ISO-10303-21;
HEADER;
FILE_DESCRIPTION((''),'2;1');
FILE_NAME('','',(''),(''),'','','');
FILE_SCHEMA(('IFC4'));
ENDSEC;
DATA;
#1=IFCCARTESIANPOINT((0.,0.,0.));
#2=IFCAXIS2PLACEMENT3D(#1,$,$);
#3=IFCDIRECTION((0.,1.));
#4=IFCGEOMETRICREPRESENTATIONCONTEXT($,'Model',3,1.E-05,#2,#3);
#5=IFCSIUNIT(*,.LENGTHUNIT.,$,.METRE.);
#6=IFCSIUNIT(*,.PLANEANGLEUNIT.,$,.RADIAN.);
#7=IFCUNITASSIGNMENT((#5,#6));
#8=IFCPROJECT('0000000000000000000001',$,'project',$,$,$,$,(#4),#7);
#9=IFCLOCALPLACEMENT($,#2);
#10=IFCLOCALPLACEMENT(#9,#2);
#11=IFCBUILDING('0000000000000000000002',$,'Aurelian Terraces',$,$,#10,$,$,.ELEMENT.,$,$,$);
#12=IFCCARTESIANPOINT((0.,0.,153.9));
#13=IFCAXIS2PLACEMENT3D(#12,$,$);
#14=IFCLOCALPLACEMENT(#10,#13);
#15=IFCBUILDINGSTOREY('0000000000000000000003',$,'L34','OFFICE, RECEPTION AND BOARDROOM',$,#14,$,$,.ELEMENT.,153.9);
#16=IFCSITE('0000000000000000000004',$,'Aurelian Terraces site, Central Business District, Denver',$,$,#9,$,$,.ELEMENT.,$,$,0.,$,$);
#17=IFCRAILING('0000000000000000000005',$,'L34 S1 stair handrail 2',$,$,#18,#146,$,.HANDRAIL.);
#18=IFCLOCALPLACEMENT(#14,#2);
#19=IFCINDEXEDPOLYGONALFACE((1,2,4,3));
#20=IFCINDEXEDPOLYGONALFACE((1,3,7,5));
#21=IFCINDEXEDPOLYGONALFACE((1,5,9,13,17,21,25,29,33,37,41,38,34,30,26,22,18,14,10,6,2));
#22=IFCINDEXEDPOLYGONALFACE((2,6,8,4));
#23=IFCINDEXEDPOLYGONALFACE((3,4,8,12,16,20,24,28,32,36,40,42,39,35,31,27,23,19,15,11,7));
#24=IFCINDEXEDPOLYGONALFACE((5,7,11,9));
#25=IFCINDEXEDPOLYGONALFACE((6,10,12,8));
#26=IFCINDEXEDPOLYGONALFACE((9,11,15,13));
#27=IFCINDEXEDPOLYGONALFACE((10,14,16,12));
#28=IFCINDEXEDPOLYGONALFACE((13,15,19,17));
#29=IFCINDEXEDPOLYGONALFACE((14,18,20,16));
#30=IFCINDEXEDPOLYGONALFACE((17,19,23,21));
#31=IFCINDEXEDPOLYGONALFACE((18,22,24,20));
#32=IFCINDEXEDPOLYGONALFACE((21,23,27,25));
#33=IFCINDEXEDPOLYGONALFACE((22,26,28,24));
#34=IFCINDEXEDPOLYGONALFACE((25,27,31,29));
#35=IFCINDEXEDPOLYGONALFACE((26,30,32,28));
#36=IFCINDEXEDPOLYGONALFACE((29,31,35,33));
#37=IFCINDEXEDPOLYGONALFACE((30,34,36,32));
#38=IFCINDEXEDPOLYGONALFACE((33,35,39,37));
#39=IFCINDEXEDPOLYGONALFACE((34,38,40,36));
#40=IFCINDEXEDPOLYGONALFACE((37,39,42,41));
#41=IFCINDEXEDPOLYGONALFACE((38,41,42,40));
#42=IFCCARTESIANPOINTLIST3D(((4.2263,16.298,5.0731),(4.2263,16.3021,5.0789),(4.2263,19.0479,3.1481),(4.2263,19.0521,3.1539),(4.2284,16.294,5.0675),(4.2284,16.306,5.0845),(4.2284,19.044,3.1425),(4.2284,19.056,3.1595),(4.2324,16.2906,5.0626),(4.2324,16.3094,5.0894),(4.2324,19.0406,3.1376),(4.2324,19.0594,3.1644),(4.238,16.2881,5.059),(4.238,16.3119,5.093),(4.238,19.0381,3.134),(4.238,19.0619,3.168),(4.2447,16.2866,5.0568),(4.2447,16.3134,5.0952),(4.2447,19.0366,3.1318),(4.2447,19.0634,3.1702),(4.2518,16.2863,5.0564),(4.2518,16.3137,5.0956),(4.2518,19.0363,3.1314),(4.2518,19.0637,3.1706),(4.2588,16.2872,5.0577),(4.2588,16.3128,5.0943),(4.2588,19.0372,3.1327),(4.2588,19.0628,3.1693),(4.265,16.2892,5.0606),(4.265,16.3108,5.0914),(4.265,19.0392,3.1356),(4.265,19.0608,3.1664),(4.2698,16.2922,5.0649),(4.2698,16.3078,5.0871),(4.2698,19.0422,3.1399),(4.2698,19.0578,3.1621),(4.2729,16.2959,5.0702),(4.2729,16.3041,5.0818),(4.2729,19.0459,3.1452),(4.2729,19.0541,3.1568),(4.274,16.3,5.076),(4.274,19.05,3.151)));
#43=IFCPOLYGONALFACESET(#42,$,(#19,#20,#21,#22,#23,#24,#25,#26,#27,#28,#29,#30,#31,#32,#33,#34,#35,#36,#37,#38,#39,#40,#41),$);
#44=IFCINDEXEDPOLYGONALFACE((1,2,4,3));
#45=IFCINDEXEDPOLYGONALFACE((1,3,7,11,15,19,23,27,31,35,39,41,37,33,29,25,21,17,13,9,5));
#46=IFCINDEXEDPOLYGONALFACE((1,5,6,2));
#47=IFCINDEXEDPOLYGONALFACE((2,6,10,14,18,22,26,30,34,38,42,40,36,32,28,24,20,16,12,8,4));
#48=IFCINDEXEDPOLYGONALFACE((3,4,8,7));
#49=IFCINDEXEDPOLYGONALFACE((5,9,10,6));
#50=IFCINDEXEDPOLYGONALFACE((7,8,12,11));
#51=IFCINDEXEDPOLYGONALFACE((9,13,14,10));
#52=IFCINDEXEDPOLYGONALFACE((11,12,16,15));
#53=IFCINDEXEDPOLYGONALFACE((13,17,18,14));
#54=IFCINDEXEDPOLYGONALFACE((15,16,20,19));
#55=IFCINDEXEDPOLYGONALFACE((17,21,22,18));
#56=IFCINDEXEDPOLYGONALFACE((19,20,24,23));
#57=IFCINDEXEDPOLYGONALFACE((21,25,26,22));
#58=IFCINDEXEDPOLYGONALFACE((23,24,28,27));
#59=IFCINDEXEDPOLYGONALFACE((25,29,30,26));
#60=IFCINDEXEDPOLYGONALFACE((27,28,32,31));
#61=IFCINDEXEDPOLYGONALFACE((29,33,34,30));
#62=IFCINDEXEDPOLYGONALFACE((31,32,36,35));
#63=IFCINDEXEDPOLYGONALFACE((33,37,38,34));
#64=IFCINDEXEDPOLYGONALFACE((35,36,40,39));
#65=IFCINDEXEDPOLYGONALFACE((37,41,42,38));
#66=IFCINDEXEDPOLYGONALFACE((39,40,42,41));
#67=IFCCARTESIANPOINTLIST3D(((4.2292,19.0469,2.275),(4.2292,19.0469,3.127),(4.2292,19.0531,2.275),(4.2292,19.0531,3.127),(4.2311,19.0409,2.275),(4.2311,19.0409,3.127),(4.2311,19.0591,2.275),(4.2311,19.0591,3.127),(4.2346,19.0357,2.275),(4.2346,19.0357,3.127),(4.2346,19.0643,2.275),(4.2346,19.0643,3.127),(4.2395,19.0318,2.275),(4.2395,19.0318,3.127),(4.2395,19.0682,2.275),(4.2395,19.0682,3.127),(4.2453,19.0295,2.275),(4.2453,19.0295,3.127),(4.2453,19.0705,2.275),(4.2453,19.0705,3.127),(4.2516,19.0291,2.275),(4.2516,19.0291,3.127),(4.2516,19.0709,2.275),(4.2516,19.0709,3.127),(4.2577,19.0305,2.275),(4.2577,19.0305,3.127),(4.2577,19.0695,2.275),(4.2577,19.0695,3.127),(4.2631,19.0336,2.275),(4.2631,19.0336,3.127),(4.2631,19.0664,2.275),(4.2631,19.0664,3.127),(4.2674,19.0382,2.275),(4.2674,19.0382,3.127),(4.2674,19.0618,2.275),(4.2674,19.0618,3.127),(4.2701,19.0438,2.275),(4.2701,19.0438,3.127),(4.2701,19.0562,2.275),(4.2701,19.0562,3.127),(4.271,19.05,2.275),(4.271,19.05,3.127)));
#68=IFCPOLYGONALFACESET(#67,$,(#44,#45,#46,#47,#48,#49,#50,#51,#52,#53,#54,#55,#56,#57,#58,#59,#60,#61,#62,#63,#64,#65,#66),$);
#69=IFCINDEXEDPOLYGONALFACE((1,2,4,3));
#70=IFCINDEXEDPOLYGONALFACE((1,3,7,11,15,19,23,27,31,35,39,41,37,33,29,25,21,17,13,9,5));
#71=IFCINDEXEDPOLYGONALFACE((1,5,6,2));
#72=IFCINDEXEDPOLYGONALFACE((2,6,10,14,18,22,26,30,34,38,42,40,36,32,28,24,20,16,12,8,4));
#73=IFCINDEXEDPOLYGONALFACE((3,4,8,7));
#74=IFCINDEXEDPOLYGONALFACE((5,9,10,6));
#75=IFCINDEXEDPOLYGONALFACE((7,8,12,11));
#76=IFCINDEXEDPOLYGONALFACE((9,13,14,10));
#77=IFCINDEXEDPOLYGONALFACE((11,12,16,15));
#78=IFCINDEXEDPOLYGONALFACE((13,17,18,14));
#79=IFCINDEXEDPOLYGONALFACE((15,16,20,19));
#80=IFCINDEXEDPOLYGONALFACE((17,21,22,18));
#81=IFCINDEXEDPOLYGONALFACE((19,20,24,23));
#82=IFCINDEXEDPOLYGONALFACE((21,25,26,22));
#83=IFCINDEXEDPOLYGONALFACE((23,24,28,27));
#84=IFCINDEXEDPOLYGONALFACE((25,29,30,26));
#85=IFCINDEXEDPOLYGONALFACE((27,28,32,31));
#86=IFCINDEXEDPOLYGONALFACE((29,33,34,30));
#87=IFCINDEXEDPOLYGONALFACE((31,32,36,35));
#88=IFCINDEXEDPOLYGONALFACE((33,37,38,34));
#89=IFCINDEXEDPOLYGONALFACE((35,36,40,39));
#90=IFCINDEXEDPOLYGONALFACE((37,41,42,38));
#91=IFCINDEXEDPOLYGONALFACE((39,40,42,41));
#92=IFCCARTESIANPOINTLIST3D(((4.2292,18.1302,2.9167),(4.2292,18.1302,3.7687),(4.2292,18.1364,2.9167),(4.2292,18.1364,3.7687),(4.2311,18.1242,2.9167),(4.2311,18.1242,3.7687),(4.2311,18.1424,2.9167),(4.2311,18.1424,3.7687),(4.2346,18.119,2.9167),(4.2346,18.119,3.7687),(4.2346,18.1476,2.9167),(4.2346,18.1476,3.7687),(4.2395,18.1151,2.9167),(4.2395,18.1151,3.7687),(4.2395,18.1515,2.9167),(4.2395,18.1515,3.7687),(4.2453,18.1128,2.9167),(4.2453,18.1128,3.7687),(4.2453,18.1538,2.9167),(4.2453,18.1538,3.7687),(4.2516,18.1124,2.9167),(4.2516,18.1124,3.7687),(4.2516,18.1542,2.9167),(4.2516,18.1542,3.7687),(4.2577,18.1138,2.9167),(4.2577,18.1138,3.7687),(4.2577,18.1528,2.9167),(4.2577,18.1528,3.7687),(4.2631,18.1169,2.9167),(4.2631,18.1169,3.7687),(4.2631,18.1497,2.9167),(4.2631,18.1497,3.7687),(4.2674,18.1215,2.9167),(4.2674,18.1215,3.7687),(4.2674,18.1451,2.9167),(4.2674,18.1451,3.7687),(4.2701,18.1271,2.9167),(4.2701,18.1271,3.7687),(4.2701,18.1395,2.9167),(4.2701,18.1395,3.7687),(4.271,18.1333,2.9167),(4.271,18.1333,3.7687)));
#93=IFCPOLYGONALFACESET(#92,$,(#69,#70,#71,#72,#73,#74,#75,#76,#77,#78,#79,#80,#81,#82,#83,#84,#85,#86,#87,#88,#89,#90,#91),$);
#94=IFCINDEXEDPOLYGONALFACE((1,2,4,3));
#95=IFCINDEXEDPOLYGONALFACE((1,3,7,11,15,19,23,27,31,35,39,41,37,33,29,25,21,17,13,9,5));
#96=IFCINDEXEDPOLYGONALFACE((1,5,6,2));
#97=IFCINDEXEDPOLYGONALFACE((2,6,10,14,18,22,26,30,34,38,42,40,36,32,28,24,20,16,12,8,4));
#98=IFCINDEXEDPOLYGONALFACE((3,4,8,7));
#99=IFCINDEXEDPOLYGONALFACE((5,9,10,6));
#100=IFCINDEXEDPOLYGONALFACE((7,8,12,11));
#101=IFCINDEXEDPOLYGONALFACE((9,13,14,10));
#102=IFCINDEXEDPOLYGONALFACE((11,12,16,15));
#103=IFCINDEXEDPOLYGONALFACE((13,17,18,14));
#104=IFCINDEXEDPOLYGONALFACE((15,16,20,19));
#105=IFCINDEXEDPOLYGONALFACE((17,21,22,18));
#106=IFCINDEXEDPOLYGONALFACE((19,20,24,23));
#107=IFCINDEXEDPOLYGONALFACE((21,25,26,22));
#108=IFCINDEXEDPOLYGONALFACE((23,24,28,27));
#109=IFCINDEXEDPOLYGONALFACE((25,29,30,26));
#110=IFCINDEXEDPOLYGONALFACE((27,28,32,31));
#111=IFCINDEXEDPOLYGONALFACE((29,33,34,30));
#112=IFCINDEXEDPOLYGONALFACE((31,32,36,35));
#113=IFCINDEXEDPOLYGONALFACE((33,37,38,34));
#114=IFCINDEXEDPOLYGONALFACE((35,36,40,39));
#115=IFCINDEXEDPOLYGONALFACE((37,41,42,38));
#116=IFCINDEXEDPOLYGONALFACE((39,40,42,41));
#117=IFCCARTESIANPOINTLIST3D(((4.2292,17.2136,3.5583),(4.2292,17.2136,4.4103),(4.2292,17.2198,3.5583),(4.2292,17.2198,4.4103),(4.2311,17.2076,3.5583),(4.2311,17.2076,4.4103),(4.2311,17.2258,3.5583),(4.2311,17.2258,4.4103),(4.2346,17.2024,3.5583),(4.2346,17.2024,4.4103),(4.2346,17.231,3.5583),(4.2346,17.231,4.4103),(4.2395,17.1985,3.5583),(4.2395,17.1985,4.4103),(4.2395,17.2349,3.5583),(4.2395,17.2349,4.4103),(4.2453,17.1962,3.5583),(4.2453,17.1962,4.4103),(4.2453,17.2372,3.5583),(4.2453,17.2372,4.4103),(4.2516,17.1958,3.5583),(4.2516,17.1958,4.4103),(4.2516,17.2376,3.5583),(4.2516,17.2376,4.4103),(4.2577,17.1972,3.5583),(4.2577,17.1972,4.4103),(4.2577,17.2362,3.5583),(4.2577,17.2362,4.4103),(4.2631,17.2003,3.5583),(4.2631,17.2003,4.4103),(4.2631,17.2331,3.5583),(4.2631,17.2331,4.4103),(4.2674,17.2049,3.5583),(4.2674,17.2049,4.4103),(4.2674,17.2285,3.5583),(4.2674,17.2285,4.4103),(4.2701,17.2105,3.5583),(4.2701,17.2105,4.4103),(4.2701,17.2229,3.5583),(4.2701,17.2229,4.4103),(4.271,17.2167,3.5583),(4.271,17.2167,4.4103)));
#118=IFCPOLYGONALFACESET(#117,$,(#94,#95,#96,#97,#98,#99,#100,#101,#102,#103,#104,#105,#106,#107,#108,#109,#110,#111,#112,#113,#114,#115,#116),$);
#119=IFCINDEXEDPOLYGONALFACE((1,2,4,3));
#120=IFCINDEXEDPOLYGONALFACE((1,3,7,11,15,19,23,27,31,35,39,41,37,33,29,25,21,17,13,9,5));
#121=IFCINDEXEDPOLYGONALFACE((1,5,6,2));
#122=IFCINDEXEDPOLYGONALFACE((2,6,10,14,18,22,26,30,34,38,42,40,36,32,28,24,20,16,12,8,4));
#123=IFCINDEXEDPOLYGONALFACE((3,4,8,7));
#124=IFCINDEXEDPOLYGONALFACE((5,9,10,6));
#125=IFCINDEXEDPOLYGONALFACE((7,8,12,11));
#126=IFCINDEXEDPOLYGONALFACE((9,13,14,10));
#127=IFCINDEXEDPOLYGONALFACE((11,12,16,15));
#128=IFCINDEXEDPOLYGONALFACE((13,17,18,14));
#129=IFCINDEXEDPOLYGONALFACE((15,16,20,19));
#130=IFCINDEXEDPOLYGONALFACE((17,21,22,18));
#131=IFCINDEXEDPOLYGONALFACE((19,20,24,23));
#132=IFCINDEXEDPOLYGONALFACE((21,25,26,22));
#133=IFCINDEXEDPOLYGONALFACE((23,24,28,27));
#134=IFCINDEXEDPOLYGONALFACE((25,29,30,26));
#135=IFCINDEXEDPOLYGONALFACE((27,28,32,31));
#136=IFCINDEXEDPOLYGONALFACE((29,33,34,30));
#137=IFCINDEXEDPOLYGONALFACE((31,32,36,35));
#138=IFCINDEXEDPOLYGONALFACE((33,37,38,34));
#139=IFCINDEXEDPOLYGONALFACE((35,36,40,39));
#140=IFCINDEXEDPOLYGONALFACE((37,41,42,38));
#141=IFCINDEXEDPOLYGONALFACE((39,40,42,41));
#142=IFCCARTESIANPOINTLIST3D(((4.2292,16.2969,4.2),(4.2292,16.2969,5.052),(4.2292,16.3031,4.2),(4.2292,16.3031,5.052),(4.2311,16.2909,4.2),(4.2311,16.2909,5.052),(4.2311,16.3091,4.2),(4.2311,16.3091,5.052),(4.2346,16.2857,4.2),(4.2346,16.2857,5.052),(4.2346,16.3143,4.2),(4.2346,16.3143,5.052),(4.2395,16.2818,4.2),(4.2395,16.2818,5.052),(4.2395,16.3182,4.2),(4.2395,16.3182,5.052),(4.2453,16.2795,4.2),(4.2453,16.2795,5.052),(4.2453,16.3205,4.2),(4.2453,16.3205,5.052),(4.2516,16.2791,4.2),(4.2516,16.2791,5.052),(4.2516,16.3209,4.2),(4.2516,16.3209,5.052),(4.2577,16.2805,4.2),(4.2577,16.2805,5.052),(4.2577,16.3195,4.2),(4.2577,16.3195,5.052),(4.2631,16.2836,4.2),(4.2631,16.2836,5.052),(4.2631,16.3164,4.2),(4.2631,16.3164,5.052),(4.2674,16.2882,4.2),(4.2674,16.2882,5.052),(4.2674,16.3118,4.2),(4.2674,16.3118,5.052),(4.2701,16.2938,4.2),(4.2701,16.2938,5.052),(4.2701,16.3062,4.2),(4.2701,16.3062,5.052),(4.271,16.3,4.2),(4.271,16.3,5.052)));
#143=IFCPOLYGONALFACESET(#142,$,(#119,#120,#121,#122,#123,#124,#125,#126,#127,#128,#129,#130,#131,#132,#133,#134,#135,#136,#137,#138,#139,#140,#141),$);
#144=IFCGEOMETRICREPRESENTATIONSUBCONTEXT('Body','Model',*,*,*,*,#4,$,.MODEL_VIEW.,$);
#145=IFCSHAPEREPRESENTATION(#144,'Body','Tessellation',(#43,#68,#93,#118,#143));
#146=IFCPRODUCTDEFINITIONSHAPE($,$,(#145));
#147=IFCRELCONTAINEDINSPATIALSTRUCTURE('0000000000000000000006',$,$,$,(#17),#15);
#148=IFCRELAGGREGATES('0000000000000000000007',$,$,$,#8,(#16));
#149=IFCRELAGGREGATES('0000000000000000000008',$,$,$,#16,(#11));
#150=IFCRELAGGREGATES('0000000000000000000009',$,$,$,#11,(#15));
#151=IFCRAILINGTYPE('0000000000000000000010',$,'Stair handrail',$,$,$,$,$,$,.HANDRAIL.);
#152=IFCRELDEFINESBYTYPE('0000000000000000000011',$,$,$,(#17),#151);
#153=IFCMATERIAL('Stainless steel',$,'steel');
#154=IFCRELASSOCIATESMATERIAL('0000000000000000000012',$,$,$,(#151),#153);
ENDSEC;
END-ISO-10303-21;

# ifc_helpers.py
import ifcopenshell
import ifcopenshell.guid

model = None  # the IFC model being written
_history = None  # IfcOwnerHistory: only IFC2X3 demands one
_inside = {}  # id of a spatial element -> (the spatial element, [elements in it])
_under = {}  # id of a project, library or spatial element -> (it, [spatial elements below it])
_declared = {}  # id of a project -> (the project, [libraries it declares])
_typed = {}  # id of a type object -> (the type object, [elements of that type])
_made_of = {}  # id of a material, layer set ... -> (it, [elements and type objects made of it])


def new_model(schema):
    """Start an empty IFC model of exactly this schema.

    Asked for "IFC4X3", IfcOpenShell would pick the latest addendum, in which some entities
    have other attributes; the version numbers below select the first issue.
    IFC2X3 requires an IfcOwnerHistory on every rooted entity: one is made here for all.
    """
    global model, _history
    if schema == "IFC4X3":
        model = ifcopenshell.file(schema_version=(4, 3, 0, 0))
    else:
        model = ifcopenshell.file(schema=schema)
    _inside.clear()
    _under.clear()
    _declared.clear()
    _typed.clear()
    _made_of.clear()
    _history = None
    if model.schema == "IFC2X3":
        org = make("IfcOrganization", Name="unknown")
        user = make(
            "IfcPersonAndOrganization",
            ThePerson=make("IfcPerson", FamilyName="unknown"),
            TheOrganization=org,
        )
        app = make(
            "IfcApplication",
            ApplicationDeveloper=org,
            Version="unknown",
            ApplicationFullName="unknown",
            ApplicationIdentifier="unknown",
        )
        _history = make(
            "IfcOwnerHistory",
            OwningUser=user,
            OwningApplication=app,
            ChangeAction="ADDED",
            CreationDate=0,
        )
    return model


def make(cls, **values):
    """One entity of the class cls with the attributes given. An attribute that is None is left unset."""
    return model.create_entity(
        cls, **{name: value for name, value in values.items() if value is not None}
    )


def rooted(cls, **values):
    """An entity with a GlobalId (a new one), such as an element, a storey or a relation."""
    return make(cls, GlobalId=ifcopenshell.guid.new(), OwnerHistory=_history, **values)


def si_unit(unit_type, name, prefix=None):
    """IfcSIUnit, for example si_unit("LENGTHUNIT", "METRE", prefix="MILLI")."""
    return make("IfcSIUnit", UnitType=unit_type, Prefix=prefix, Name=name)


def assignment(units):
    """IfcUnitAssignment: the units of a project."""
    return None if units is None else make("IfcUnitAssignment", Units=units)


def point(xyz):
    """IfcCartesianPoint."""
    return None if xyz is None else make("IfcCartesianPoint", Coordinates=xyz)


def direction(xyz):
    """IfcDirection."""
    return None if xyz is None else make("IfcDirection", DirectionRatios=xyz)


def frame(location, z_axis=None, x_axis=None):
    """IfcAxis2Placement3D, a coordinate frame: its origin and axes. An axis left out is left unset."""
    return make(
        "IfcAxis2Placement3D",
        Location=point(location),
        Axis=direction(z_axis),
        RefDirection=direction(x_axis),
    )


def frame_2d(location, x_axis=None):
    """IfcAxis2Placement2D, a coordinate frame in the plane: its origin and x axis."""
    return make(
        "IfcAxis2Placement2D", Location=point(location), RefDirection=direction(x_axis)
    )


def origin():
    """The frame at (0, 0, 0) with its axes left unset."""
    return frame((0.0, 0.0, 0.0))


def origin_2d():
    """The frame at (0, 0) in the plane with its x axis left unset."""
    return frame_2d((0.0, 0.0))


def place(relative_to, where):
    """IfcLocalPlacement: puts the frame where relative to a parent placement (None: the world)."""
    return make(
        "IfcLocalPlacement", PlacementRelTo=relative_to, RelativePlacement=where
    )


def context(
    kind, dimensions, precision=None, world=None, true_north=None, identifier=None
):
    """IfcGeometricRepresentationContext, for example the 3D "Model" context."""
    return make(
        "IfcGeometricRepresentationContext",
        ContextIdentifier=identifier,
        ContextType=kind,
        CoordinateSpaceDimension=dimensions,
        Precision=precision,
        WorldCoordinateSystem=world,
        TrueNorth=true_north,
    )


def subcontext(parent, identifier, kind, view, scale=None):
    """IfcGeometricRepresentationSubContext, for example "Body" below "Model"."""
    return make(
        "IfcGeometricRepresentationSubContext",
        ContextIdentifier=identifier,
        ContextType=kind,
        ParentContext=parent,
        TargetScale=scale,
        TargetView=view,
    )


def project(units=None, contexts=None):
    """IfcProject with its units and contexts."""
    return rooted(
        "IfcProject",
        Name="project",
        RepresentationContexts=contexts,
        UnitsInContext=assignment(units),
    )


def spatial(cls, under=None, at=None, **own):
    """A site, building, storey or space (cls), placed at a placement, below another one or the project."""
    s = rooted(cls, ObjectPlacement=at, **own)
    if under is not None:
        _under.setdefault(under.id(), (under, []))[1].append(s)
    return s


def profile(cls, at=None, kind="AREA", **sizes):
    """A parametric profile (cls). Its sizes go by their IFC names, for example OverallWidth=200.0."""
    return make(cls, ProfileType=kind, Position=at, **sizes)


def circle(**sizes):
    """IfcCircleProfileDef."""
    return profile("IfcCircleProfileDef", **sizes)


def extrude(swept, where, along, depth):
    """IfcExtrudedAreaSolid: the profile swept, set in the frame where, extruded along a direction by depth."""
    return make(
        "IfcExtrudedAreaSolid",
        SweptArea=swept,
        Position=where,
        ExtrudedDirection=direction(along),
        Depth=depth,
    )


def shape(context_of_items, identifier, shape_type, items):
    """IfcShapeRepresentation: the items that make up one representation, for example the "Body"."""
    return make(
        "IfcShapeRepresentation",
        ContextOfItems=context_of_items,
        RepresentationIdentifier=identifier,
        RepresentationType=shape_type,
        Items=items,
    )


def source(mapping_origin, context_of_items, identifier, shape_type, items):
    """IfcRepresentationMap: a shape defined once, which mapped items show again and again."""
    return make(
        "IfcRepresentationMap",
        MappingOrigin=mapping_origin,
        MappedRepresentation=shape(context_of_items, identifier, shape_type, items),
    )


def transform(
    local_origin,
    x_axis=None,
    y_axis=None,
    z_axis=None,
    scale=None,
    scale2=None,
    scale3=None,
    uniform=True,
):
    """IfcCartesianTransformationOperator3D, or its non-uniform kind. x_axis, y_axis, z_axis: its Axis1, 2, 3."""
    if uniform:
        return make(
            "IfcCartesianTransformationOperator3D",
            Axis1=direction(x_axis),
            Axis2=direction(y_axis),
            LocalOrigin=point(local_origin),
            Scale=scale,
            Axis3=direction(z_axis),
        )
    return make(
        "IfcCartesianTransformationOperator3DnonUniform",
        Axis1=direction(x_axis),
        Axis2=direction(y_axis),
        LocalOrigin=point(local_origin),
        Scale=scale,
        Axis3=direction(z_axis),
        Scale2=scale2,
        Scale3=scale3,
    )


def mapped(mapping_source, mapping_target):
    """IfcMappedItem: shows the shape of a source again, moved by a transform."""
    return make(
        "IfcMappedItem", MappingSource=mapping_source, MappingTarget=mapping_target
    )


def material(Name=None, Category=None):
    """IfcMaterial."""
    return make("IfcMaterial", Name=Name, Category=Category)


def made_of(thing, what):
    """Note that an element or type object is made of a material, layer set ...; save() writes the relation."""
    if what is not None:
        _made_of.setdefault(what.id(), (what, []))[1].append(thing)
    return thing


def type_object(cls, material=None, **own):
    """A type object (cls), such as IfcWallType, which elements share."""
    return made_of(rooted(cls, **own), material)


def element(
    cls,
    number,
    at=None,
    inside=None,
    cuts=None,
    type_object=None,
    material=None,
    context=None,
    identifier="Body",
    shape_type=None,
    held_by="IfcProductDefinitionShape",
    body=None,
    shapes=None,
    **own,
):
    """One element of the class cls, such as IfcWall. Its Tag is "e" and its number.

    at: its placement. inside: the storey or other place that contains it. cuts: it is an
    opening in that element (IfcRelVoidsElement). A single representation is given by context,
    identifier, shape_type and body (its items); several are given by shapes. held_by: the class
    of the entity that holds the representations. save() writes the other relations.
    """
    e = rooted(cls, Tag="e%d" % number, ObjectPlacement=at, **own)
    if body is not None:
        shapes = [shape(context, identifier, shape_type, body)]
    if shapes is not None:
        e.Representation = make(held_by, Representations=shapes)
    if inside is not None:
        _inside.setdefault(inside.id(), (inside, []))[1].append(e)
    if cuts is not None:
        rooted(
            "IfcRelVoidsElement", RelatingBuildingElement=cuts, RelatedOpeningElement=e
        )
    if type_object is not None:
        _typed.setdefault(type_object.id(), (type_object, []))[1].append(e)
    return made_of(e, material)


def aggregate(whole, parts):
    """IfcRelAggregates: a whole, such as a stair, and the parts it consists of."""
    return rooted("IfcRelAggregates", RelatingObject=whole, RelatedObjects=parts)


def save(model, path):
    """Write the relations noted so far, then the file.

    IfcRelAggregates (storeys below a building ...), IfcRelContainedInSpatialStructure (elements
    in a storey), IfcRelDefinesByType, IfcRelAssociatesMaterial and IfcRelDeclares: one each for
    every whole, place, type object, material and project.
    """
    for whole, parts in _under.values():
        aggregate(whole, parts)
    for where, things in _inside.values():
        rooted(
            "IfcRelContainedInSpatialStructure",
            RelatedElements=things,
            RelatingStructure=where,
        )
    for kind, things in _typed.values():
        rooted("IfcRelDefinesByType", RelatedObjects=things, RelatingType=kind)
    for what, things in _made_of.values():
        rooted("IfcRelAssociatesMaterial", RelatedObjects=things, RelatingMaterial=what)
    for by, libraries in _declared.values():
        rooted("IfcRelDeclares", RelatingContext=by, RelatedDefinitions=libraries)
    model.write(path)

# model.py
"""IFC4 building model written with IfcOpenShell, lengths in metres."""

from ifc_helpers import new_model, si_unit, direction, frame, origin, origin_2d, place, context, subcontext, project, spatial, circle, extrude, source, transform, mapped, material, type_object, element, save


model = new_model("IFC4")

# Units and contexts
model_context = context("Model", 3, precision=1e-05, world=origin(), true_north=direction((0.0, 1.0)))
body_context = subcontext(model_context, "Body", "Model", "MODEL_VIEW")
ifc_project = project(units=[si_unit("LENGTHUNIT", "METRE"), si_unit("PLANEANGLEUNIT", "RADIAN")], contexts=[model_context])

# Site, building, storey
site_placement = place(None, origin())
site = spatial("IfcSite", under=ifc_project, at=site_placement, Name="Aurelian Terraces site, Central Business District, Denver", CompositionType="ELEMENT", RefElevation=0.0)
building_placement = place(site_placement, origin())
building = spatial("IfcBuilding", under=site, at=building_placement, Name="Aurelian Terraces", CompositionType="ELEMENT")
storey_placement = place(building_placement, frame((0.0, 0.0, 153.9)))
storey = spatial("IfcBuildingStorey", under=building, at=storey_placement, Name="L34", Description="OFFICE, RECEPTION AND BOARDROOM", CompositionType="ELEMENT", Elevation=153.9)

# Railing
ifc_material_1 = material(Name="Stainless steel", Category="steel")
railing_type_1 = type_object("IfcRailingType", Name="Stair handrail", PredefinedType="HANDRAIL", material=ifc_material_1)
shared_shape_1 = source(origin(), body_context, "Body", "SweptSolid", [
    extrude(circle(Radius=0.024, at=origin_2d()), frame((0.0, 0.0, 0.876), z_axis=(0.0, -0.819232, 0.573462), x_axis=(1.0, 0.0, 0.0)), (0.0, 0.0, 1.0), 3.3568),
    extrude(circle(Radius=0.021, at=origin_2d()), origin(), (0.0, 0.0, 1.0), 0.852),
    extrude(circle(Radius=0.021, at=origin_2d()), frame((0.0, -0.9167, 0.6417)), (0.0, 0.0, 1.0), 0.852),
    extrude(circle(Radius=0.021, at=origin_2d()), frame((0.0, -1.8333, 1.2833)), (0.0, 0.0, 1.0), 0.852),
    extrude(circle(Radius=0.021, at=origin_2d()), frame((0.0, -2.75, 1.925)), (0.0, 0.0, 1.0), 0.852),
])
railing_1_placement = place(storey_placement, frame((4.25, 19.05, 2.275)))
element("IfcRailing", 1, at=railing_1_placement, inside=storey, type_object=railing_type_1, Name="L34 S1 stair handrail 2", PredefinedType="HANDRAIL", context=body_context, shape_type="MappedRepresentation", body=[
    mapped(shared_shape_1, transform((0.0, 0.0, 0.0), scale=1.0)),
])

save(model, "model.ifc")
